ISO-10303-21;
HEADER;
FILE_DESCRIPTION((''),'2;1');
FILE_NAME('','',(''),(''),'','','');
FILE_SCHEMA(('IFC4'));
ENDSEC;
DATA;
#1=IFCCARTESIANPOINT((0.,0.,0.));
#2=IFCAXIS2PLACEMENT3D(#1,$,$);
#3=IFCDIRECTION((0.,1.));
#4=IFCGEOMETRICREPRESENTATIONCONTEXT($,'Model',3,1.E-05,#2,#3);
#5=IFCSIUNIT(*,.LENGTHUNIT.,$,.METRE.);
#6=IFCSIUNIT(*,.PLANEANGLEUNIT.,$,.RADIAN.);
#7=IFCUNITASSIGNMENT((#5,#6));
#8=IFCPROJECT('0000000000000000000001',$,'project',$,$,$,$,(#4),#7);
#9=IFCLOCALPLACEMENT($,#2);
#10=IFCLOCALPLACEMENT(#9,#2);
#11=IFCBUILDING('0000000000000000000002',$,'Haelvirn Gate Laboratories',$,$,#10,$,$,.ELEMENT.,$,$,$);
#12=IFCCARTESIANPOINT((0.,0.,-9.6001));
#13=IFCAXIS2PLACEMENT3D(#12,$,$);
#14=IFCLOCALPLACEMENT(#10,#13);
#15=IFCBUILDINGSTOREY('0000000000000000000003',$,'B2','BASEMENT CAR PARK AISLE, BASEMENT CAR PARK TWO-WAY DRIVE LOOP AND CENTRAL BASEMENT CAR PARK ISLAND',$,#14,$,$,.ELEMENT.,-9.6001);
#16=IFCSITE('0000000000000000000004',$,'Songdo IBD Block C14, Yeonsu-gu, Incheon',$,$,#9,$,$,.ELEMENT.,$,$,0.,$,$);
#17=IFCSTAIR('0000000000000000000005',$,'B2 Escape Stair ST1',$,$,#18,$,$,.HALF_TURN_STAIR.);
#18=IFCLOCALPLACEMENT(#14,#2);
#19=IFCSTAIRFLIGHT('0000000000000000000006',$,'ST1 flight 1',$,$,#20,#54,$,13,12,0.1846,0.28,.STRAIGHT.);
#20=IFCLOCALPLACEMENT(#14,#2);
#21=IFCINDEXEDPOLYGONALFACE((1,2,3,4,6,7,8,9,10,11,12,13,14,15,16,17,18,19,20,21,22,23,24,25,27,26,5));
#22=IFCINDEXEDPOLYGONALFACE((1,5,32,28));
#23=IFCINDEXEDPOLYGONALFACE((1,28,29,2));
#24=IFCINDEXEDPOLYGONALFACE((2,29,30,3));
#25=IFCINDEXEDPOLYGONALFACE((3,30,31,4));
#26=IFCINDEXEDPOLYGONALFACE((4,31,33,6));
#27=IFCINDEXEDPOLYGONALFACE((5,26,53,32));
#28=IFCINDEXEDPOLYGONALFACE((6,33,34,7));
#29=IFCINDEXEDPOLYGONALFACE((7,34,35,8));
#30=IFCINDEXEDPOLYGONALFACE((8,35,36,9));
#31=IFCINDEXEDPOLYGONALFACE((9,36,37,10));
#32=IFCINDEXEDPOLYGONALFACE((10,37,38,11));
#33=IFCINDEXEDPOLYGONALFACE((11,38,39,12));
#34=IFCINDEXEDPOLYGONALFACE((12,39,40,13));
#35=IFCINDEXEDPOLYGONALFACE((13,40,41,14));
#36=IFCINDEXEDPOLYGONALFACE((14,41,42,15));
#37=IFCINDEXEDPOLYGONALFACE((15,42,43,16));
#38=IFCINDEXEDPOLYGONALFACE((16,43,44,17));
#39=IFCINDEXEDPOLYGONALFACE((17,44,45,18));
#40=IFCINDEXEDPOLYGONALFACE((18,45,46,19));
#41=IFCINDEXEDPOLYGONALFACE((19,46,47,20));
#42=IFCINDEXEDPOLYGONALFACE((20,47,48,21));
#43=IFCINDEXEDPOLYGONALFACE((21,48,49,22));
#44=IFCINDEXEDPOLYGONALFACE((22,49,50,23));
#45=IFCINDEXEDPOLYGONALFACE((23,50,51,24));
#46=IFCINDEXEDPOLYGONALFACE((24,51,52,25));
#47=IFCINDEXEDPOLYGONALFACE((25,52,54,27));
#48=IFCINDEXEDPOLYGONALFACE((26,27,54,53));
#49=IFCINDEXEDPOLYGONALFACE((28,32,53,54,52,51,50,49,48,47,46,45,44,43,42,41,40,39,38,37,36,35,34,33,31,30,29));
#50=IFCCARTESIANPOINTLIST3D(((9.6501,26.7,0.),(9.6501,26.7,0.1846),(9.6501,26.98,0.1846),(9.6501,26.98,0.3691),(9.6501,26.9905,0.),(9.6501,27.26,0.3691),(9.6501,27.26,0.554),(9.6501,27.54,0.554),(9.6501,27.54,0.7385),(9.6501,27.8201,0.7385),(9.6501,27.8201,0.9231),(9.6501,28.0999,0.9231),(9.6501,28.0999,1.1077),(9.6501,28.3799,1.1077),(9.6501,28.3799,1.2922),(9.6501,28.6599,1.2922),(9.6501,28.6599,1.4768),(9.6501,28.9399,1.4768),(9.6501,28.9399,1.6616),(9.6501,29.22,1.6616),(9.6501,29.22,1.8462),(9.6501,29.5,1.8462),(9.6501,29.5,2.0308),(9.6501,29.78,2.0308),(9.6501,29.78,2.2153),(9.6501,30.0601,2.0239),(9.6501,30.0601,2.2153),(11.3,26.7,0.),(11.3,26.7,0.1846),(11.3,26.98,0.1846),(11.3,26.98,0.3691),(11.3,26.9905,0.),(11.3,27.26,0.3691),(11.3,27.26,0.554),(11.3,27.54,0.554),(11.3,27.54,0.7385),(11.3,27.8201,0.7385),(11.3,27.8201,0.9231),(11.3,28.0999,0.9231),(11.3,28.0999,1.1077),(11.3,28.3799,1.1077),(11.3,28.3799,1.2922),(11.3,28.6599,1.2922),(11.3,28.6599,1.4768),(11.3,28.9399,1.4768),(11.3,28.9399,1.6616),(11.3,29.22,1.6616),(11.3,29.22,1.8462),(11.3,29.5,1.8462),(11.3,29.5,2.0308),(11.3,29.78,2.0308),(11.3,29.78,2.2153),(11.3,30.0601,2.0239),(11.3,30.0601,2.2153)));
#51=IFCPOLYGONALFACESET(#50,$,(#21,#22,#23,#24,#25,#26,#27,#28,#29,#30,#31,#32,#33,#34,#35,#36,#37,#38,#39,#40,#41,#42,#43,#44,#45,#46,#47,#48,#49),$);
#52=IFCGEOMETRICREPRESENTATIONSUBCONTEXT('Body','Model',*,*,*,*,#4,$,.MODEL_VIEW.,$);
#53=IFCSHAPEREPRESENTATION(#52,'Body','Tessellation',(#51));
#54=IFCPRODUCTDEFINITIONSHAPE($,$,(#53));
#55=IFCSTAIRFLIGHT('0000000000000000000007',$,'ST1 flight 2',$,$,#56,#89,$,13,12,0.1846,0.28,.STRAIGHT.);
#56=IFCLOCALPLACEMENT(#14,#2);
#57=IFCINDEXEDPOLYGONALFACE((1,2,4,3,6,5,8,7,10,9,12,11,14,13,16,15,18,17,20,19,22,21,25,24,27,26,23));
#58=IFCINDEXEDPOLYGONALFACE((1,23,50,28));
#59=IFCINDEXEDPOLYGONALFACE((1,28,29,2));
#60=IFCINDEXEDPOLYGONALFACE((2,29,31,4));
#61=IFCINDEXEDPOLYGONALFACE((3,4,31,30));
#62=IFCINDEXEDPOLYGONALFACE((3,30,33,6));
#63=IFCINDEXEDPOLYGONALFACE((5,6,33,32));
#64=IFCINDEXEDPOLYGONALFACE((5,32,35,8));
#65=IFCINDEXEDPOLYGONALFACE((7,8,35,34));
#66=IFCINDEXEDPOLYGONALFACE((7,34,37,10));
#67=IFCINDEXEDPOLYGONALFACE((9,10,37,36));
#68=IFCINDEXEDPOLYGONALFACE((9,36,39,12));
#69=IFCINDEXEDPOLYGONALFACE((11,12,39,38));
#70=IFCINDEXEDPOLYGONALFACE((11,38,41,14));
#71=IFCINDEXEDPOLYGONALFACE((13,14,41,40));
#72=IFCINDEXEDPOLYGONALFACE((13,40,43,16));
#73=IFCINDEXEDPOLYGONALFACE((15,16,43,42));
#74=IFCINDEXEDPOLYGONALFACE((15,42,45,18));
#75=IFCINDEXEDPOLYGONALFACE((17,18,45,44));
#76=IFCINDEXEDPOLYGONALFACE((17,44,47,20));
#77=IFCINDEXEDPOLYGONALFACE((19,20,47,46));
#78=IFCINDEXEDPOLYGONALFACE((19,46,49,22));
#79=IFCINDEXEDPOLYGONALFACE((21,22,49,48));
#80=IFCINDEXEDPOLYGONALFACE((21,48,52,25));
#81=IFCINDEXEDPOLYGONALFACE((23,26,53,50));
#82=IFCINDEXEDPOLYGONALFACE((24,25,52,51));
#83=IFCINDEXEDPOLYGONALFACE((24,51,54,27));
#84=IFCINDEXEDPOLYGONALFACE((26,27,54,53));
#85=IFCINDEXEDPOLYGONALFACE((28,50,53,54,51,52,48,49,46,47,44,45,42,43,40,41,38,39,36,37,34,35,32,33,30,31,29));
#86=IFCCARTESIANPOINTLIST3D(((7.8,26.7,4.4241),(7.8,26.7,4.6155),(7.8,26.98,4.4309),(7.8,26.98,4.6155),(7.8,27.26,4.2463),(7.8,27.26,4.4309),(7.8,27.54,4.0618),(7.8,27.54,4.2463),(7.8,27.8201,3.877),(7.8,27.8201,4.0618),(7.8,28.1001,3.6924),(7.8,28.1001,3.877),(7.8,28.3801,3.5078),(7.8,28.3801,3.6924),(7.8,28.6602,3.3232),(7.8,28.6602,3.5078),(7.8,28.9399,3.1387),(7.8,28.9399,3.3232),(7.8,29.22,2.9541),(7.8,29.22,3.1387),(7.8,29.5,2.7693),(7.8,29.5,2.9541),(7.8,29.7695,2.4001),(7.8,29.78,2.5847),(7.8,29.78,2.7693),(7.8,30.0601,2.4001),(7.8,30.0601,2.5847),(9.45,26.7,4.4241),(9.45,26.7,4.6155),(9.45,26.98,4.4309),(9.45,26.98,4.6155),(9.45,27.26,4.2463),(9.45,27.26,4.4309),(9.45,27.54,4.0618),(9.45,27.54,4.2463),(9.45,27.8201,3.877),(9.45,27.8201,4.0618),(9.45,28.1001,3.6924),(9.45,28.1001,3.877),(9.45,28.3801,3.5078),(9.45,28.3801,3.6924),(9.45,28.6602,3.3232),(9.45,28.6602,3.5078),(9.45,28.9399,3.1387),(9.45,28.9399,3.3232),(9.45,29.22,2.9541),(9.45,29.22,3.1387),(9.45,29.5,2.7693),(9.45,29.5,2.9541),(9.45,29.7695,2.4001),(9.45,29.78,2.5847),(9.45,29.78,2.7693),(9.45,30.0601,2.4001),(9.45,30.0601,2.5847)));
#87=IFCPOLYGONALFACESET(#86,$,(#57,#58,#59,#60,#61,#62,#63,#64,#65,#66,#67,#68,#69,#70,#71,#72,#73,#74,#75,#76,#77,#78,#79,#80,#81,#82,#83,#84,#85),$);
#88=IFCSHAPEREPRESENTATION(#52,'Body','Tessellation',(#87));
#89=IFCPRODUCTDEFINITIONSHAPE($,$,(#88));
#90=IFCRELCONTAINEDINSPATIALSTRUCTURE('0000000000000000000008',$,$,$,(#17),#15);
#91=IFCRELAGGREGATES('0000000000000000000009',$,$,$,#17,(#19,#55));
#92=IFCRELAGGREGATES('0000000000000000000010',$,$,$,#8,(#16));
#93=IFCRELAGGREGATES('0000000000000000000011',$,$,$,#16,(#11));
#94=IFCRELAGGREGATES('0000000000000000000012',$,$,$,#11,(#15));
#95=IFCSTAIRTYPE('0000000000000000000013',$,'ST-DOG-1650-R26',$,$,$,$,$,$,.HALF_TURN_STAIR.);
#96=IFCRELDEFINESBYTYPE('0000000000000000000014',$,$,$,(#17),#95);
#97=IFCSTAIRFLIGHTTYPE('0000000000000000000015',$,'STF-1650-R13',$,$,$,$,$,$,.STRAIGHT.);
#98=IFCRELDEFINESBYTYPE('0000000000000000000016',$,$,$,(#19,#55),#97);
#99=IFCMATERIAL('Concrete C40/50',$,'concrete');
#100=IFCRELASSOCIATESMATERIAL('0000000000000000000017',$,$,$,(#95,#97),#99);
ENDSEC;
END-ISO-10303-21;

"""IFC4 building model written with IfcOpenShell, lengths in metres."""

from ifc_helpers import new_model, si_unit, direction, frame, origin, place, context, subcontext, project, spatial, polyline, outline, extrude, source, transform, mapped, material, type_object, type_shapes, element, aggregate, save


model = new_model("IFC4")

# Units and contexts
model_context = context("Model", 3, precision=1e-05, world=origin(), true_north=direction((0.0, 1.0)))
body_context = subcontext(model_context, "Body", "Model", "MODEL_VIEW")
ifc_project = project(units=[si_unit("LENGTHUNIT", "METRE"), si_unit("PLANEANGLEUNIT", "RADIAN")], contexts=[model_context])

# Site, building, storey
site_placement = place(None, origin())
site = spatial("IfcSite", under=ifc_project, at=site_placement, Name="Songdo IBD Block C14, Yeonsu-gu, Incheon", CompositionType="ELEMENT", RefElevation=0.0)
building_placement = place(site_placement, origin())
building = spatial("IfcBuilding", under=site, at=building_placement, Name="Haelvirn Gate Laboratories", CompositionType="ELEMENT")
storey_placement = place(building_placement, frame((0.0, 0.0, -9.6001)))
storey = spatial("IfcBuildingStorey", under=building, at=storey_placement, Name="B2", Description="BASEMENT CAR PARK AISLE, BASEMENT CAR PARK TWO-WAY DRIVE LOOP AND CENTRAL BASEMENT CAR PARK ISLAND", CompositionType="ELEMENT", Elevation=-9.6001)

# Stair, stair flights
ifc_material_1 = material(Name="Concrete C40/50", Category="concrete")
stair_type = type_object("IfcStairType", Name="ST-DOG-1650-R26", PredefinedType="HALF_TURN_STAIR", material=ifc_material_1)
stair_placement = place(storey_placement, origin())
stair = element("IfcStair", 1, at=stair_placement, inside=storey, type_object=stair_type, Name="B2 Escape Stair ST1", PredefinedType="HALF_TURN_STAIR")
stair_flight_type = type_object("IfcStairFlightType", Name="STF-1650-R13", PredefinedType="STRAIGHT", material=ifc_material_1)
shared_shape_1 = source(origin(), body_context, "Body", "SweptSolid", [
    extrude(outline(polyline([(0.0, 0.0), (0.0, 0.1846), (0.28, 0.1846), (0.28, 0.3691), (0.5601, 0.3691), (0.5601, 0.554), (0.8401, 0.554), (0.8401, 0.7385), (1.1201, 0.7385), (1.1201, 0.9231), (1.3999, 0.9231), (1.3999, 1.1077), (1.6799, 1.1077), (1.6799, 1.2922), (1.96, 1.2922), (1.96, 1.4768), (2.24, 1.4768), (2.24, 1.6616), (2.52, 1.6616), (2.52, 1.8462), (2.8, 1.8462), (2.8, 2.0308), (3.0801, 2.0308), (3.0801, 2.2153), (3.3601, 2.2153), (3.3601, 2.3999), (3.3601, 2.0239), (0.2905, 0.0), (0.0, 0.0)])), frame((0.0, 0.825, 0.0), z_axis=(0.0, -1.0, 0.0), x_axis=(1.0, 0.0, 0.0)), (0.0, 0.0, 1.0), 1.6499),
])
type_shapes(stair_flight_type, [shared_shape_1])
stair_flight_1_placement = place(storey_placement, frame((10.4751, 26.7, 0.0), z_axis=(0.0, 0.0, 1.0), x_axis=(0.0, 1.0, 0.0)))
stair_flight_1 = element("IfcStairFlight", 2, at=stair_flight_1_placement, type_object=stair_flight_type, Name="ST1 flight 1", NumberOfRisers=13, NumberOfTreads=12, PredefinedType="STRAIGHT", RiserHeight=0.1846, TreadLength=0.28, context=body_context, shape_type="MappedRepresentation", body=[
    mapped(shared_shape_1, transform((0.0, 0.0, 0.0), scale=1.0)),
])
stair_flight_2_placement = place(storey_placement, frame((8.625, 30.0601, 2.4001), z_axis=(0.0, 0.0, 1.0), x_axis=(0.0, -1.0, 0.0)))
stair_flight_2 = element("IfcStairFlight", 3, at=stair_flight_2_placement, type_object=stair_flight_type, Name="ST1 flight 2", NumberOfRisers=13, NumberOfTreads=12, PredefinedType="STRAIGHT", RiserHeight=0.1846, TreadLength=0.28, context=body_context, shape_type="MappedRepresentation", body=[
    mapped(shared_shape_1, transform((0.0, 0.0, 0.0), scale=1.0)),
])
aggregate(stair, [stair_flight_1, stair_flight_2])

save(model, "model.ifc")
